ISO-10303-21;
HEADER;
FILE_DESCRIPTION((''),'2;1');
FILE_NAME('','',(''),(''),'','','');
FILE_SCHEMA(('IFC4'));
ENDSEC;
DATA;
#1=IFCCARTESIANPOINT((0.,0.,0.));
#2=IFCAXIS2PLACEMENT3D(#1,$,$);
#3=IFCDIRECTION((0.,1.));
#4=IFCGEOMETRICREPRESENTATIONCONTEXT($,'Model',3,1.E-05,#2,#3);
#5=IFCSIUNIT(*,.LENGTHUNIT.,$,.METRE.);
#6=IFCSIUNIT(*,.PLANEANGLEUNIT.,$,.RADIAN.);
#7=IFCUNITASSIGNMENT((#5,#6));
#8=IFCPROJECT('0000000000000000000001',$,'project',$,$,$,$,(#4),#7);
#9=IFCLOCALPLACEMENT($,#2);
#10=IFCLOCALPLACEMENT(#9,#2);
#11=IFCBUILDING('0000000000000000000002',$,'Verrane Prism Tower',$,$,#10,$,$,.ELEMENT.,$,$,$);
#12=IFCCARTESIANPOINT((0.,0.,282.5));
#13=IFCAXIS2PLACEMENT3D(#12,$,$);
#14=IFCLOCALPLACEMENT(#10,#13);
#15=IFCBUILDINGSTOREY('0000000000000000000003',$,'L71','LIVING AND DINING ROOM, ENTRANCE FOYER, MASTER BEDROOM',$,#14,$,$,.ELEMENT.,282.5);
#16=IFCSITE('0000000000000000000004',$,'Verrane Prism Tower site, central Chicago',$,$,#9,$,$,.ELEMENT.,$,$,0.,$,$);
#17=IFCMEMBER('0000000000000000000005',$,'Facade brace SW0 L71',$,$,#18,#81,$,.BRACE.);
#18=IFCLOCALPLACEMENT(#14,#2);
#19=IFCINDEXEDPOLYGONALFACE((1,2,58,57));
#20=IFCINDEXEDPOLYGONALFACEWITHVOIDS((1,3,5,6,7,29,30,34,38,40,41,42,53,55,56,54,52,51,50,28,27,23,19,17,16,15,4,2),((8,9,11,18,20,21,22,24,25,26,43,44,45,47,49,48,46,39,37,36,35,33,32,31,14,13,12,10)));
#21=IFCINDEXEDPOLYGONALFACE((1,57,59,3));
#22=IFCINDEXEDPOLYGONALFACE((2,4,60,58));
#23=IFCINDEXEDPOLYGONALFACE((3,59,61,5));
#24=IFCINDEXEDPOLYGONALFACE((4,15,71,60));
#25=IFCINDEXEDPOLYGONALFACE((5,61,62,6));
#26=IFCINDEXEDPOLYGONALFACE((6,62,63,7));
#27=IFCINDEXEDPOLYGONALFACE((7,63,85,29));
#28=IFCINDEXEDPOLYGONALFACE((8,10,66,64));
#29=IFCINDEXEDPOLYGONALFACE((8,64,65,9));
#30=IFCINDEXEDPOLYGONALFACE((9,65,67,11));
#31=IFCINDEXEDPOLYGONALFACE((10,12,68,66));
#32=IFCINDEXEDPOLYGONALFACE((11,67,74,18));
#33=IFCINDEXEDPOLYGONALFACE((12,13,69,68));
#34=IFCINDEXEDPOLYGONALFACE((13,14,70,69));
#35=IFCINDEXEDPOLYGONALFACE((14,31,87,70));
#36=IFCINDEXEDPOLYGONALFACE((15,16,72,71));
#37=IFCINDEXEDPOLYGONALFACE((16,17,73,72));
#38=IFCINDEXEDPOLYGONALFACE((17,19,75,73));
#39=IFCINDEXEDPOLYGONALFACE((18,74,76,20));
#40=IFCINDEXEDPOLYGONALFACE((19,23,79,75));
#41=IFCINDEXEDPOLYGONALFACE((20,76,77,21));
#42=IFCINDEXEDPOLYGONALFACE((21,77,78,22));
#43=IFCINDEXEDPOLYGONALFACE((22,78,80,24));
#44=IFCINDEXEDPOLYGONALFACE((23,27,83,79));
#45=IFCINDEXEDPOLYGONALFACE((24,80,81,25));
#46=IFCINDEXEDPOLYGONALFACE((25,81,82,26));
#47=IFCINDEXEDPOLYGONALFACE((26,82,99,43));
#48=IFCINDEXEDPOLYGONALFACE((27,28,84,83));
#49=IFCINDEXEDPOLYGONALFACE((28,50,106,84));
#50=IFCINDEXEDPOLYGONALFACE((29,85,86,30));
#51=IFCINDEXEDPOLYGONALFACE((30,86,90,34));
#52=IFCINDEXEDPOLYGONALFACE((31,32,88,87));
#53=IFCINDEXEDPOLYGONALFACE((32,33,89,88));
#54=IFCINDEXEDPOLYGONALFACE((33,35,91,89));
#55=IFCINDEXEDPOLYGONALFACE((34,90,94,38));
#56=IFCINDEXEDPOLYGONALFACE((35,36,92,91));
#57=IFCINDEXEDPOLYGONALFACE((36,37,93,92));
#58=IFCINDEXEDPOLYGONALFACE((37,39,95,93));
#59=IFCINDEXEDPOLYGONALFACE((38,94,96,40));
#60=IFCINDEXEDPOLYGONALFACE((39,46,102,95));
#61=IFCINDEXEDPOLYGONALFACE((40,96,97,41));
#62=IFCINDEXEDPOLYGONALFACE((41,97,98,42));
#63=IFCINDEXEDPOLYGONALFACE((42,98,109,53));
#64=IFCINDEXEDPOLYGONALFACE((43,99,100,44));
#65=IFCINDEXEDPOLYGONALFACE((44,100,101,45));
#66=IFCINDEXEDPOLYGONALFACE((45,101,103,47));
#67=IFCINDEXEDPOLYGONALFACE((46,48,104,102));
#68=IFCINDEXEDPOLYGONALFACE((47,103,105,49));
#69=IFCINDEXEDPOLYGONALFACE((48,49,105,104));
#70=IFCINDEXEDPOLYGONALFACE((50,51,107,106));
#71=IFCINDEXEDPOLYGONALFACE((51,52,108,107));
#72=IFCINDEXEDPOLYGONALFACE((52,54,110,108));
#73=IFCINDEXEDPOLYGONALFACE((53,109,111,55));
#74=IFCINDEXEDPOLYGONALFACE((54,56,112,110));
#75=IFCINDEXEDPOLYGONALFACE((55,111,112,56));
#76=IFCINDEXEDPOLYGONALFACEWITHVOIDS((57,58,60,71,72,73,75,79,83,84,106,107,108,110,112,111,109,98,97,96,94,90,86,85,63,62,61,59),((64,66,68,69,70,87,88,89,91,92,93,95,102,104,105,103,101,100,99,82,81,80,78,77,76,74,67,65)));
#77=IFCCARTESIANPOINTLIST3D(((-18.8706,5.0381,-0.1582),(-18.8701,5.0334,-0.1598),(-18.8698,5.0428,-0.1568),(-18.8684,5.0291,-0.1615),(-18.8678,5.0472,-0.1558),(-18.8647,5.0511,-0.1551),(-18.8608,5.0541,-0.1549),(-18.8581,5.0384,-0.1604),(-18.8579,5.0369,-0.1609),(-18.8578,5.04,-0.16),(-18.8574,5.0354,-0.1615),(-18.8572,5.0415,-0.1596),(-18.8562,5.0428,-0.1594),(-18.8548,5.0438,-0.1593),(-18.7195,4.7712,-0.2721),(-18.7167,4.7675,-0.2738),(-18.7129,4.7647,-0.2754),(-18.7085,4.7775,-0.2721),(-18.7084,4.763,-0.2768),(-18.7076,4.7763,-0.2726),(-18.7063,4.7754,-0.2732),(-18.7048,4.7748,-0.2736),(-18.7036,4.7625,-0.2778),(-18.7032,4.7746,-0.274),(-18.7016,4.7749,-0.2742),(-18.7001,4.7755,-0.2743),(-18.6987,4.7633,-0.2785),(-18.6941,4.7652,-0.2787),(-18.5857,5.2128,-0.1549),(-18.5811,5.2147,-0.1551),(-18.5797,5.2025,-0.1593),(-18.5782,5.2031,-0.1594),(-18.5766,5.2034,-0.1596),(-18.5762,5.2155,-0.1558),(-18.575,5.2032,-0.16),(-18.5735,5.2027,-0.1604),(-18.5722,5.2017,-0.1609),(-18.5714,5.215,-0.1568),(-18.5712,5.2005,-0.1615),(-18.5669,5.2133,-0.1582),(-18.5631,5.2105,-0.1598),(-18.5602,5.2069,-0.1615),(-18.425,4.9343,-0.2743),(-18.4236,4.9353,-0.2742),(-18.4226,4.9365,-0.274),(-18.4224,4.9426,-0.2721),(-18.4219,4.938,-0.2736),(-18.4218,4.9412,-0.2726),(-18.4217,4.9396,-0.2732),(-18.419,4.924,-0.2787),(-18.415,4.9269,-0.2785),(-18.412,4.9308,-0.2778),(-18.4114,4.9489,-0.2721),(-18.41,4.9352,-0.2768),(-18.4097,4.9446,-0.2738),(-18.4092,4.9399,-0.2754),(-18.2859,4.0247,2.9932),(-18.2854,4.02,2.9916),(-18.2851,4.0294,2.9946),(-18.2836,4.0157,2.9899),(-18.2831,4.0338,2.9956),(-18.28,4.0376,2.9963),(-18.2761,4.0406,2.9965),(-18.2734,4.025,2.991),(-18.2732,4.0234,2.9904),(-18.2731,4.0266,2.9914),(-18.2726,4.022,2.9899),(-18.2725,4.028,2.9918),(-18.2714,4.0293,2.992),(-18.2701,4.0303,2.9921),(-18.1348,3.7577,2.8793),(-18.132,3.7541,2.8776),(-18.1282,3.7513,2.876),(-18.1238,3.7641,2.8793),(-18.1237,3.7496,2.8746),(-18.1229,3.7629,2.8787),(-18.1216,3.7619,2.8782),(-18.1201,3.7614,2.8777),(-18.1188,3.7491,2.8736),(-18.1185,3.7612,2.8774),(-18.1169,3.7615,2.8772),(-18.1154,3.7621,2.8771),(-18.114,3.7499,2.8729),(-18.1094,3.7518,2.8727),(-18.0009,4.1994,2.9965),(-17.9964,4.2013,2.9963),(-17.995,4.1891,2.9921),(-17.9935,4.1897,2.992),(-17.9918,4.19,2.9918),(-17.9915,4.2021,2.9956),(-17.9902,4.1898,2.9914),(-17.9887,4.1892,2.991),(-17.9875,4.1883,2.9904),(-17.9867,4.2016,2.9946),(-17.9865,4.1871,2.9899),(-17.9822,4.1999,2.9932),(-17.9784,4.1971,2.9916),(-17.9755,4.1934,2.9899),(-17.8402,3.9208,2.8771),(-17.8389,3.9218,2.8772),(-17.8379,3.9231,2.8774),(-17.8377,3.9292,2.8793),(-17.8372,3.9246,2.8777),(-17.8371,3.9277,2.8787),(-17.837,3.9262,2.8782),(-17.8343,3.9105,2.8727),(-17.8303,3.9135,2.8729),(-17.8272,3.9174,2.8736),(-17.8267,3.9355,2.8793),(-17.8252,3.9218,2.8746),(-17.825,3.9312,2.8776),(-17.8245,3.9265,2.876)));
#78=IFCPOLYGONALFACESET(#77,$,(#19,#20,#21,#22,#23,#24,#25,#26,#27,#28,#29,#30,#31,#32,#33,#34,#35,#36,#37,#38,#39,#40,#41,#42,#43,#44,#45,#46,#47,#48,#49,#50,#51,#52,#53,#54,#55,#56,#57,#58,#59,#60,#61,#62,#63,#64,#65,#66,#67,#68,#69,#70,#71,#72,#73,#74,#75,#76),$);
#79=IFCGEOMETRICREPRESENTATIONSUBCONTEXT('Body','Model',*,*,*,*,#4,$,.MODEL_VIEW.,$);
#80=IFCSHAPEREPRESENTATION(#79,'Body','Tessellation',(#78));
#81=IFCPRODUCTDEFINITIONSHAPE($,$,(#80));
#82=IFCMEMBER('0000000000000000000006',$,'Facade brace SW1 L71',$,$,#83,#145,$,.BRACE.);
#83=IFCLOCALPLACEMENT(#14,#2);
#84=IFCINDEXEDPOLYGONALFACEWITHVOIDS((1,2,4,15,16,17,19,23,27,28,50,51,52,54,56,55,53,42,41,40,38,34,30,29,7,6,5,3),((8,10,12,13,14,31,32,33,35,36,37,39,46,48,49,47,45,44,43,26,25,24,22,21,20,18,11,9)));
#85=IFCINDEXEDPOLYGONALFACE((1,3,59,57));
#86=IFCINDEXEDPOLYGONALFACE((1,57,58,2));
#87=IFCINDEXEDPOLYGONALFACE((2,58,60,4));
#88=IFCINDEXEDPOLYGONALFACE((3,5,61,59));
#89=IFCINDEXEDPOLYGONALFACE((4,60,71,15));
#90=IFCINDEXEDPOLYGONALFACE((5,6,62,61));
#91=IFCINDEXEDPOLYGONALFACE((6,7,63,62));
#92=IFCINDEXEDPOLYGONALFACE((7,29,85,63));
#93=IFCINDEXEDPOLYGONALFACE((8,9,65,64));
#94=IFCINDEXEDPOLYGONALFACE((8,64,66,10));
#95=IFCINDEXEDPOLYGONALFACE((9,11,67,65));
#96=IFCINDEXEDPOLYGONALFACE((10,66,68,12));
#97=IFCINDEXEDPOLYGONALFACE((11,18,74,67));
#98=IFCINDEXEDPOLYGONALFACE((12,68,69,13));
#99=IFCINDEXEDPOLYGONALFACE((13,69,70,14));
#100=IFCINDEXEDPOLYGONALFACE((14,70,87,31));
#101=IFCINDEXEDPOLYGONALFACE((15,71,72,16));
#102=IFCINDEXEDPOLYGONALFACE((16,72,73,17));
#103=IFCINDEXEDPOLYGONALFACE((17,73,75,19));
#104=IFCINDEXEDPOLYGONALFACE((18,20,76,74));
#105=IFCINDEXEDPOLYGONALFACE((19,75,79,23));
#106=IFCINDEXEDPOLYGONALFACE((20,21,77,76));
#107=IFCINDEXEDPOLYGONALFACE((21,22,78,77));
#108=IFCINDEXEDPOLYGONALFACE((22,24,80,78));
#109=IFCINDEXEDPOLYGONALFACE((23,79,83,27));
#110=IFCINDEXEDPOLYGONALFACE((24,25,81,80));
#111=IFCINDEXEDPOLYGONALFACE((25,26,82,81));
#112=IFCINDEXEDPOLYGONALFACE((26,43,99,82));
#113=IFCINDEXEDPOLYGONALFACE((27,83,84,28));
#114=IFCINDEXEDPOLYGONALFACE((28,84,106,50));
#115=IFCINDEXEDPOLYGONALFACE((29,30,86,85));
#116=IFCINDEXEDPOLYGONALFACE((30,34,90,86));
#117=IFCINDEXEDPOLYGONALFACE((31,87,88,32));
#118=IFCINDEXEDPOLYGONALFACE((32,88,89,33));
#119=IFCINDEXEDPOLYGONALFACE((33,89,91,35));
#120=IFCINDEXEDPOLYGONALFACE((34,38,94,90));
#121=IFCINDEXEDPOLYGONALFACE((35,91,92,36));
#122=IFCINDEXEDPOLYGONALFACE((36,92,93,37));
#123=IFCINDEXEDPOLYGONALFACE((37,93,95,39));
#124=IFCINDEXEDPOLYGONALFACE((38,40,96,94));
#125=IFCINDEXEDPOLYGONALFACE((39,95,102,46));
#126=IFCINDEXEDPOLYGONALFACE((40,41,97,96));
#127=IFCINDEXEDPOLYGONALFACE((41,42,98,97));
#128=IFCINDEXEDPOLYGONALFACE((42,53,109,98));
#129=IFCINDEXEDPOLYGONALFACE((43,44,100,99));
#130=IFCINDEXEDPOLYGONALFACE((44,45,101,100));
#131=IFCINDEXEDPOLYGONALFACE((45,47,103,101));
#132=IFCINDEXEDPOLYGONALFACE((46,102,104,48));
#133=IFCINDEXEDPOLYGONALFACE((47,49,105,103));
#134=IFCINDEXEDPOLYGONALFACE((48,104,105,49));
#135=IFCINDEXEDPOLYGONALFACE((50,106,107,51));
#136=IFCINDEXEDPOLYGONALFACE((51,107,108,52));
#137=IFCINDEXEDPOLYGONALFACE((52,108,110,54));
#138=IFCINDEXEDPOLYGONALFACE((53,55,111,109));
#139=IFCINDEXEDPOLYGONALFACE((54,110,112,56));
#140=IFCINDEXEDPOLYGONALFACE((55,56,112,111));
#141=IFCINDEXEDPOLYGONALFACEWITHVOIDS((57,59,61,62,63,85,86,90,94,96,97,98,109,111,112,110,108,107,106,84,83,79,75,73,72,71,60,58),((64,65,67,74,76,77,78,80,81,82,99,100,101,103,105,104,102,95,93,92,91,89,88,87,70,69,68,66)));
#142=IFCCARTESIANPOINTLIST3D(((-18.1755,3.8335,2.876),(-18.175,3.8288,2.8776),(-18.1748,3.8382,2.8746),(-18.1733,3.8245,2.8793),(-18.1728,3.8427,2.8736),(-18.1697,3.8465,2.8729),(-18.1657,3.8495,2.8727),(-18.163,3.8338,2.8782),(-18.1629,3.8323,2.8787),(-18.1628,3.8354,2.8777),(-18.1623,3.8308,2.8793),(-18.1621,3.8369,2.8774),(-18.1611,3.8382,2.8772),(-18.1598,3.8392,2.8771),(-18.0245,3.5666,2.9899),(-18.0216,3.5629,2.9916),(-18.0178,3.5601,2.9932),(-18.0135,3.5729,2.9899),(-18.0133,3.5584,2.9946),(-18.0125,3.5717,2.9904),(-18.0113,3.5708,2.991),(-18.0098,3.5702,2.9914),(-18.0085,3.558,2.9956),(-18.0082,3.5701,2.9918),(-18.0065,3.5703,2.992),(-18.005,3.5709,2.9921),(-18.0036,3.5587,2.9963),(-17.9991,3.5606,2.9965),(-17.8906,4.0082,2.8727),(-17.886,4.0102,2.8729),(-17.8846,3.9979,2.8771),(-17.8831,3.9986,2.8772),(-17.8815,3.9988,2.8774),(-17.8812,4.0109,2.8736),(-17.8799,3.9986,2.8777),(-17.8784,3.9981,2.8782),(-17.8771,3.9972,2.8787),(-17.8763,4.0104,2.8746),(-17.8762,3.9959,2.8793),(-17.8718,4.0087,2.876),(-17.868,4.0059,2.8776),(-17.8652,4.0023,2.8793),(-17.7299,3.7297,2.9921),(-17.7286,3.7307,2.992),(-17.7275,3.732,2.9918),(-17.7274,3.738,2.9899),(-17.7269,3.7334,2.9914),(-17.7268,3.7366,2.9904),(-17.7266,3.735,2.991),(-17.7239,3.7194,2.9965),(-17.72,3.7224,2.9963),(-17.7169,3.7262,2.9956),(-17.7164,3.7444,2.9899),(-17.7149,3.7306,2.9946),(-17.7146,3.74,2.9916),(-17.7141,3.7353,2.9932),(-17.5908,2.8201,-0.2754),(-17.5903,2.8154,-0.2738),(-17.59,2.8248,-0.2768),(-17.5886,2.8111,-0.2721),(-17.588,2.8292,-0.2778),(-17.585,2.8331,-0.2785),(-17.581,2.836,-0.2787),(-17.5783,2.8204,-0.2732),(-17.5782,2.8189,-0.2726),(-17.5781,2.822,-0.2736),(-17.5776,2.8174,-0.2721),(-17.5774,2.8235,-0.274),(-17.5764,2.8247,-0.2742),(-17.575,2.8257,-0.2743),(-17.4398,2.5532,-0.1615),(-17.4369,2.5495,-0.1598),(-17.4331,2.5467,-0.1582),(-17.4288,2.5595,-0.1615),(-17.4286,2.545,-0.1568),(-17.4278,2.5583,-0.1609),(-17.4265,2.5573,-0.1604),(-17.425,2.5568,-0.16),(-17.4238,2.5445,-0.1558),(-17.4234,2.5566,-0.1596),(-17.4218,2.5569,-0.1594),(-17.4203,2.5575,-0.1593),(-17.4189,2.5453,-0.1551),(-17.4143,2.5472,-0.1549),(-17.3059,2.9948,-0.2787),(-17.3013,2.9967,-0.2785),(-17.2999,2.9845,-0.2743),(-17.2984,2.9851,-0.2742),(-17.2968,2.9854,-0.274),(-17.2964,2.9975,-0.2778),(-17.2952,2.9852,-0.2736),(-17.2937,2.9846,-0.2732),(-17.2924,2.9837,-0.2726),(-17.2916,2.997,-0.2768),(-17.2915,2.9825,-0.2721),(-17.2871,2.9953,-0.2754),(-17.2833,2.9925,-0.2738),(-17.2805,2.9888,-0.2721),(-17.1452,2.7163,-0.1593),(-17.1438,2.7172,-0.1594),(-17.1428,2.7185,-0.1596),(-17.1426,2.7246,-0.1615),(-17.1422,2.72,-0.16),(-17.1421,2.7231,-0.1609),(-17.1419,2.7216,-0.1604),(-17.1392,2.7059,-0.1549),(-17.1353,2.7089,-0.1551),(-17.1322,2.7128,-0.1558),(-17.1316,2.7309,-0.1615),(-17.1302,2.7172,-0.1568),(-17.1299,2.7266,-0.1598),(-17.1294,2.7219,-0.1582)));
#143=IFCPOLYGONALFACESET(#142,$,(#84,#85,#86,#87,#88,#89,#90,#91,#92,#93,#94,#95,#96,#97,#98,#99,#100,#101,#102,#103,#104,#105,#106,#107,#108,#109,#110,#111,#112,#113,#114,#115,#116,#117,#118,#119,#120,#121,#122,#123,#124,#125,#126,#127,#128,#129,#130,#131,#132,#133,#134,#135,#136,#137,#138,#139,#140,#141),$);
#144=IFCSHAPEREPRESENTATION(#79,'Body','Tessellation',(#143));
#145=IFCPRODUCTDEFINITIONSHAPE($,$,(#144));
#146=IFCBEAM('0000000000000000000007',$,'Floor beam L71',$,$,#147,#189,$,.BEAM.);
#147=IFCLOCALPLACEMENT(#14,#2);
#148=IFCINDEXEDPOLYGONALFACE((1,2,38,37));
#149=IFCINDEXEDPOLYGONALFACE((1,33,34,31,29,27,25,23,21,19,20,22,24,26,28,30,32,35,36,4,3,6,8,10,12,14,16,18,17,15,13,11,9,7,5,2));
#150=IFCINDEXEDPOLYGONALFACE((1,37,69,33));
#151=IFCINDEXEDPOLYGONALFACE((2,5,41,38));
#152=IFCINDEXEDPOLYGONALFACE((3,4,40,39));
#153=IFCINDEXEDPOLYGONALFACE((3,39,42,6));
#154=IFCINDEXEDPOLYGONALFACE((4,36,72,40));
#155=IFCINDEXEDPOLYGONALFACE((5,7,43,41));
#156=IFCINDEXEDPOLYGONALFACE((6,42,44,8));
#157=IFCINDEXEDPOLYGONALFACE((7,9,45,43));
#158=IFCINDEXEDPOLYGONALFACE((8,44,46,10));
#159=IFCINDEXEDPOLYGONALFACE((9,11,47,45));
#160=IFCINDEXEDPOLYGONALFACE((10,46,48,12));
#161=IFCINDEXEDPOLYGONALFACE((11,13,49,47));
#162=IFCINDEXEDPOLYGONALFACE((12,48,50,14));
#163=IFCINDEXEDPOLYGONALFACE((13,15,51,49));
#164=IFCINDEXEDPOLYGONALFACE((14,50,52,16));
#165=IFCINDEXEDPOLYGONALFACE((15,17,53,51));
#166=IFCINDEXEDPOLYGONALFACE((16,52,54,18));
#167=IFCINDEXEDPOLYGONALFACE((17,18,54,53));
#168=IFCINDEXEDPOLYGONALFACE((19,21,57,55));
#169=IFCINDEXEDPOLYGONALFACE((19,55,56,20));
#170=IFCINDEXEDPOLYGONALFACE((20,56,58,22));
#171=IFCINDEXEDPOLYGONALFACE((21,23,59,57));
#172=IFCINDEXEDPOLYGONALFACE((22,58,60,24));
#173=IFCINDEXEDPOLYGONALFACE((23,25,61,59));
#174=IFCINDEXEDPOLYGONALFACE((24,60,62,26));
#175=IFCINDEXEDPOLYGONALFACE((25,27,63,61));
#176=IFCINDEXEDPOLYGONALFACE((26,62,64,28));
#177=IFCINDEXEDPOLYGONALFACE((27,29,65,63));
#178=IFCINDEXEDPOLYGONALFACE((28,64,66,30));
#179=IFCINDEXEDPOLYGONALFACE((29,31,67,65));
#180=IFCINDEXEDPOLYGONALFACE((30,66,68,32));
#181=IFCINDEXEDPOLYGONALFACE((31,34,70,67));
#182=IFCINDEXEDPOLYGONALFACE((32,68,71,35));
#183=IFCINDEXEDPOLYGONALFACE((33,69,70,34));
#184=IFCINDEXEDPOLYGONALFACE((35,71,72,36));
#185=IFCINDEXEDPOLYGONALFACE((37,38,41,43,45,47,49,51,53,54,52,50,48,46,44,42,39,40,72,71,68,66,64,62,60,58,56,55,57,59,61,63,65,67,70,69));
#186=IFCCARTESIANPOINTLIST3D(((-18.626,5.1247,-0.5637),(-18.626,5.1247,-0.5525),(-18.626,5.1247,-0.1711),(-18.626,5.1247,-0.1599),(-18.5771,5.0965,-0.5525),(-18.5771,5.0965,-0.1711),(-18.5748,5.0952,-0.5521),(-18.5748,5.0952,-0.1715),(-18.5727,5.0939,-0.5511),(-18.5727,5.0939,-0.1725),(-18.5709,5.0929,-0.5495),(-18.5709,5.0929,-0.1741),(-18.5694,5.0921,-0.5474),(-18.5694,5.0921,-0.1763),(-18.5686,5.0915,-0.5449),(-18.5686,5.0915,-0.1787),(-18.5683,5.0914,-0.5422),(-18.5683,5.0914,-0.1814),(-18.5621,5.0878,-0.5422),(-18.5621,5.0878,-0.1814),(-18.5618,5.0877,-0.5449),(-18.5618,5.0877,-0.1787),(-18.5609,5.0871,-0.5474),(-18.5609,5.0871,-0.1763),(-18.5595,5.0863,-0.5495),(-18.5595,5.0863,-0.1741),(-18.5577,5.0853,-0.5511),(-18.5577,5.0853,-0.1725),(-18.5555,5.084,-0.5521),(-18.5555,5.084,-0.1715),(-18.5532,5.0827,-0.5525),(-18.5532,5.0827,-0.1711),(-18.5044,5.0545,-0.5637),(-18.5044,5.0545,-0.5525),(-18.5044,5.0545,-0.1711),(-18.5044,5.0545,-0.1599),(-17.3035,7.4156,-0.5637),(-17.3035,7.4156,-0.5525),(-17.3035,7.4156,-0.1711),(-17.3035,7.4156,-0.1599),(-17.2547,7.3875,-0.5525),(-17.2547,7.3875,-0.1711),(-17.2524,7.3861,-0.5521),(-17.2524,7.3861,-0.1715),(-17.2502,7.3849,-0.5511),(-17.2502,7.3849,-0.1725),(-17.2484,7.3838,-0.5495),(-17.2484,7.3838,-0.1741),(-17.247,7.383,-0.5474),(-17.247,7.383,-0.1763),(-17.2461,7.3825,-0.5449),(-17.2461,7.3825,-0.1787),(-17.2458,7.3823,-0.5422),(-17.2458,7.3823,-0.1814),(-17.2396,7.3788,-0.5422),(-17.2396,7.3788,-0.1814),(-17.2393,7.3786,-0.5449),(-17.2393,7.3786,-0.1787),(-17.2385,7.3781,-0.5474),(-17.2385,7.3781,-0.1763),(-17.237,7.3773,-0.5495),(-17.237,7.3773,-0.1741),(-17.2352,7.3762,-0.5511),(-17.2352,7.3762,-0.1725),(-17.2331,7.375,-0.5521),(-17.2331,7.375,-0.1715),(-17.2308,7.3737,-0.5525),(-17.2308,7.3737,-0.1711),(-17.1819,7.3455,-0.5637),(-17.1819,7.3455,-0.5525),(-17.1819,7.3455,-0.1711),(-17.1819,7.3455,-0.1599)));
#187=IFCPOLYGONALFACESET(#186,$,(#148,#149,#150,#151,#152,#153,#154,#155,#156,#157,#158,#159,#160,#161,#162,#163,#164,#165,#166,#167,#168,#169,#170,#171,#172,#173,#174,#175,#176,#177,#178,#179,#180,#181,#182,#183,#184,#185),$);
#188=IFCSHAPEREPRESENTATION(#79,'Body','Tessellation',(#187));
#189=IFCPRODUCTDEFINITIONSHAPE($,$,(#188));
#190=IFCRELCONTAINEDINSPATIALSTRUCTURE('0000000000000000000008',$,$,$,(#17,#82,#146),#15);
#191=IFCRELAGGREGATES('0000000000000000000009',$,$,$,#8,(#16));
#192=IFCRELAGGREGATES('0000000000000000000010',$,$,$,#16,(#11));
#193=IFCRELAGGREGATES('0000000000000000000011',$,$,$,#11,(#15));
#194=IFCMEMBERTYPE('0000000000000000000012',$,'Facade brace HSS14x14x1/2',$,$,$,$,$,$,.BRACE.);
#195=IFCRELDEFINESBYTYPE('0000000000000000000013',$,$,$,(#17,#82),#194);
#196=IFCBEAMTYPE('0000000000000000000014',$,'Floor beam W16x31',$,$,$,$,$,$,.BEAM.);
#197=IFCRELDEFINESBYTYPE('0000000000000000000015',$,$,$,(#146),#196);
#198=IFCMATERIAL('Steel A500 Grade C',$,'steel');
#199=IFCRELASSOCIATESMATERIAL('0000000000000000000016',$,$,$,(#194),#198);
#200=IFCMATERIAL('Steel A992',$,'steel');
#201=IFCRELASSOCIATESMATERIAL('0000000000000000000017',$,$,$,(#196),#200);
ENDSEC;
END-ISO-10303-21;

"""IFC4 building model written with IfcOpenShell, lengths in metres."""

from ifc_helpers import new_model, si_unit, direction, frame, origin, origin_2d, place, context, subcontext, project, spatial, hollow_rectangle, i_section, extrude, material, material_profile, profile_set, type_object, element, save


model = new_model("IFC4")

# Units and contexts
model_context = context("Model", 3, precision=1e-05, world=origin(), true_north=direction((0.0, 1.0)))
body_context = subcontext(model_context, "Body", "Model", "MODEL_VIEW")
ifc_project = project(units=[si_unit("LENGTHUNIT", "METRE"), si_unit("PLANEANGLEUNIT", "RADIAN")], contexts=[model_context])

# Site, building, storey
site_placement = place(None, origin())
site = spatial("IfcSite", under=ifc_project, at=site_placement, Name="Verrane Prism Tower site, central Chicago", CompositionType="ELEMENT", RefElevation=0.0)
building_placement = place(site_placement, origin())
building = spatial("IfcBuilding", under=site, at=building_placement, Name="Verrane Prism Tower", CompositionType="ELEMENT")
storey_placement = place(building_placement, frame((0.0, 0.0, 282.5)))
storey = spatial("IfcBuildingStorey", under=building, at=storey_placement, Name="L71", Description="LIVING AND DINING ROOM, ENTRANCE FOYER, MASTER BEDROOM", CompositionType="ELEMENT", Elevation=282.5)

# Members
ifc_material_1 = material(Name="Steel A500 Grade C", Category="steel")
ifc_material_profile_1 = material_profile(ifc_material_1, hollow_rectangle(XDim=0.3557, YDim=0.3557, WallThickness=0.0127, InnerFilletRadius=0.0063, OuterFilletRadius=0.019, at=origin_2d()), Name="HSS14x14x1/2")
ifc_profile_set_1 = profile_set([ifc_material_profile_1], Name="Steel A500 Grade C")
member_type_1 = type_object("IfcMemberType", Name="Facade brace HSS14x14x1/2", PredefinedType="BRACE", material=ifc_profile_set_1)
for number, where, z_axis, x_axis, name in (
    (1, (-18.6399, 4.989, -0.2168), (0.173942, -0.301476, 0.937473), (0.866168, 0.499753, 0.0), "Facade brace SW0 L71"),
    (2, (-17.3601, 2.771, -0.2168), (-0.173942, 0.301476, 0.937473), (-0.866168, -0.499753, 0.0), "Facade brace SW1 L71"),
):
    element("IfcMember", number, at=place(storey_placement, frame(where, z_axis=z_axis, x_axis=x_axis)), inside=storey, type_object=member_type_1, Name=name, PredefinedType="BRACE", context=body_context, shape_type="SweptSolid", body=[
        extrude(hollow_rectangle(XDim=0.3557, YDim=0.3557, WallThickness=0.0127, InnerFilletRadius=0.0063, OuterFilletRadius=0.019, at=origin_2d()), origin(), (0.0, 0.0, 1.0), 3.3616),
    ])

# Beam
ifc_material_2 = material(Name="Steel A992", Category="steel")
ifc_material_profile_2 = material_profile(ifc_material_2, i_section(OverallWidth=0.1404, OverallDepth=0.4038, WebThickness=0.0071, FlangeThickness=0.0112, FilletRadius=0.0103, at=origin_2d()), Name="W16x31")
ifc_profile_set_2 = profile_set([ifc_material_profile_2], Name="Steel A992")
beam_type_1 = type_object("IfcBeamType", Name="Floor beam W16x31", PredefinedType="BEAM", material=ifc_profile_set_2)
beam_1_placement = place(storey_placement, frame((-18.5652, 5.0896, -0.3618), z_axis=(0.499941, 0.86606, 0.0), x_axis=(-0.86606, 0.499941, 0.0)))
element("IfcBeam", 3, at=beam_1_placement, inside=storey, type_object=beam_type_1, Name="Floor beam L71", PredefinedType="BEAM", context=body_context, shape_type="SweptSolid", body=[
    extrude(i_section(OverallWidth=0.1404, OverallDepth=0.4038, WebThickness=0.0071, FlangeThickness=0.0112, FilletRadius=0.0103, at=origin_2d()), origin(), (0.0, 0.0, 1.0), 2.6453),
])

save(model, "model.ifc")
